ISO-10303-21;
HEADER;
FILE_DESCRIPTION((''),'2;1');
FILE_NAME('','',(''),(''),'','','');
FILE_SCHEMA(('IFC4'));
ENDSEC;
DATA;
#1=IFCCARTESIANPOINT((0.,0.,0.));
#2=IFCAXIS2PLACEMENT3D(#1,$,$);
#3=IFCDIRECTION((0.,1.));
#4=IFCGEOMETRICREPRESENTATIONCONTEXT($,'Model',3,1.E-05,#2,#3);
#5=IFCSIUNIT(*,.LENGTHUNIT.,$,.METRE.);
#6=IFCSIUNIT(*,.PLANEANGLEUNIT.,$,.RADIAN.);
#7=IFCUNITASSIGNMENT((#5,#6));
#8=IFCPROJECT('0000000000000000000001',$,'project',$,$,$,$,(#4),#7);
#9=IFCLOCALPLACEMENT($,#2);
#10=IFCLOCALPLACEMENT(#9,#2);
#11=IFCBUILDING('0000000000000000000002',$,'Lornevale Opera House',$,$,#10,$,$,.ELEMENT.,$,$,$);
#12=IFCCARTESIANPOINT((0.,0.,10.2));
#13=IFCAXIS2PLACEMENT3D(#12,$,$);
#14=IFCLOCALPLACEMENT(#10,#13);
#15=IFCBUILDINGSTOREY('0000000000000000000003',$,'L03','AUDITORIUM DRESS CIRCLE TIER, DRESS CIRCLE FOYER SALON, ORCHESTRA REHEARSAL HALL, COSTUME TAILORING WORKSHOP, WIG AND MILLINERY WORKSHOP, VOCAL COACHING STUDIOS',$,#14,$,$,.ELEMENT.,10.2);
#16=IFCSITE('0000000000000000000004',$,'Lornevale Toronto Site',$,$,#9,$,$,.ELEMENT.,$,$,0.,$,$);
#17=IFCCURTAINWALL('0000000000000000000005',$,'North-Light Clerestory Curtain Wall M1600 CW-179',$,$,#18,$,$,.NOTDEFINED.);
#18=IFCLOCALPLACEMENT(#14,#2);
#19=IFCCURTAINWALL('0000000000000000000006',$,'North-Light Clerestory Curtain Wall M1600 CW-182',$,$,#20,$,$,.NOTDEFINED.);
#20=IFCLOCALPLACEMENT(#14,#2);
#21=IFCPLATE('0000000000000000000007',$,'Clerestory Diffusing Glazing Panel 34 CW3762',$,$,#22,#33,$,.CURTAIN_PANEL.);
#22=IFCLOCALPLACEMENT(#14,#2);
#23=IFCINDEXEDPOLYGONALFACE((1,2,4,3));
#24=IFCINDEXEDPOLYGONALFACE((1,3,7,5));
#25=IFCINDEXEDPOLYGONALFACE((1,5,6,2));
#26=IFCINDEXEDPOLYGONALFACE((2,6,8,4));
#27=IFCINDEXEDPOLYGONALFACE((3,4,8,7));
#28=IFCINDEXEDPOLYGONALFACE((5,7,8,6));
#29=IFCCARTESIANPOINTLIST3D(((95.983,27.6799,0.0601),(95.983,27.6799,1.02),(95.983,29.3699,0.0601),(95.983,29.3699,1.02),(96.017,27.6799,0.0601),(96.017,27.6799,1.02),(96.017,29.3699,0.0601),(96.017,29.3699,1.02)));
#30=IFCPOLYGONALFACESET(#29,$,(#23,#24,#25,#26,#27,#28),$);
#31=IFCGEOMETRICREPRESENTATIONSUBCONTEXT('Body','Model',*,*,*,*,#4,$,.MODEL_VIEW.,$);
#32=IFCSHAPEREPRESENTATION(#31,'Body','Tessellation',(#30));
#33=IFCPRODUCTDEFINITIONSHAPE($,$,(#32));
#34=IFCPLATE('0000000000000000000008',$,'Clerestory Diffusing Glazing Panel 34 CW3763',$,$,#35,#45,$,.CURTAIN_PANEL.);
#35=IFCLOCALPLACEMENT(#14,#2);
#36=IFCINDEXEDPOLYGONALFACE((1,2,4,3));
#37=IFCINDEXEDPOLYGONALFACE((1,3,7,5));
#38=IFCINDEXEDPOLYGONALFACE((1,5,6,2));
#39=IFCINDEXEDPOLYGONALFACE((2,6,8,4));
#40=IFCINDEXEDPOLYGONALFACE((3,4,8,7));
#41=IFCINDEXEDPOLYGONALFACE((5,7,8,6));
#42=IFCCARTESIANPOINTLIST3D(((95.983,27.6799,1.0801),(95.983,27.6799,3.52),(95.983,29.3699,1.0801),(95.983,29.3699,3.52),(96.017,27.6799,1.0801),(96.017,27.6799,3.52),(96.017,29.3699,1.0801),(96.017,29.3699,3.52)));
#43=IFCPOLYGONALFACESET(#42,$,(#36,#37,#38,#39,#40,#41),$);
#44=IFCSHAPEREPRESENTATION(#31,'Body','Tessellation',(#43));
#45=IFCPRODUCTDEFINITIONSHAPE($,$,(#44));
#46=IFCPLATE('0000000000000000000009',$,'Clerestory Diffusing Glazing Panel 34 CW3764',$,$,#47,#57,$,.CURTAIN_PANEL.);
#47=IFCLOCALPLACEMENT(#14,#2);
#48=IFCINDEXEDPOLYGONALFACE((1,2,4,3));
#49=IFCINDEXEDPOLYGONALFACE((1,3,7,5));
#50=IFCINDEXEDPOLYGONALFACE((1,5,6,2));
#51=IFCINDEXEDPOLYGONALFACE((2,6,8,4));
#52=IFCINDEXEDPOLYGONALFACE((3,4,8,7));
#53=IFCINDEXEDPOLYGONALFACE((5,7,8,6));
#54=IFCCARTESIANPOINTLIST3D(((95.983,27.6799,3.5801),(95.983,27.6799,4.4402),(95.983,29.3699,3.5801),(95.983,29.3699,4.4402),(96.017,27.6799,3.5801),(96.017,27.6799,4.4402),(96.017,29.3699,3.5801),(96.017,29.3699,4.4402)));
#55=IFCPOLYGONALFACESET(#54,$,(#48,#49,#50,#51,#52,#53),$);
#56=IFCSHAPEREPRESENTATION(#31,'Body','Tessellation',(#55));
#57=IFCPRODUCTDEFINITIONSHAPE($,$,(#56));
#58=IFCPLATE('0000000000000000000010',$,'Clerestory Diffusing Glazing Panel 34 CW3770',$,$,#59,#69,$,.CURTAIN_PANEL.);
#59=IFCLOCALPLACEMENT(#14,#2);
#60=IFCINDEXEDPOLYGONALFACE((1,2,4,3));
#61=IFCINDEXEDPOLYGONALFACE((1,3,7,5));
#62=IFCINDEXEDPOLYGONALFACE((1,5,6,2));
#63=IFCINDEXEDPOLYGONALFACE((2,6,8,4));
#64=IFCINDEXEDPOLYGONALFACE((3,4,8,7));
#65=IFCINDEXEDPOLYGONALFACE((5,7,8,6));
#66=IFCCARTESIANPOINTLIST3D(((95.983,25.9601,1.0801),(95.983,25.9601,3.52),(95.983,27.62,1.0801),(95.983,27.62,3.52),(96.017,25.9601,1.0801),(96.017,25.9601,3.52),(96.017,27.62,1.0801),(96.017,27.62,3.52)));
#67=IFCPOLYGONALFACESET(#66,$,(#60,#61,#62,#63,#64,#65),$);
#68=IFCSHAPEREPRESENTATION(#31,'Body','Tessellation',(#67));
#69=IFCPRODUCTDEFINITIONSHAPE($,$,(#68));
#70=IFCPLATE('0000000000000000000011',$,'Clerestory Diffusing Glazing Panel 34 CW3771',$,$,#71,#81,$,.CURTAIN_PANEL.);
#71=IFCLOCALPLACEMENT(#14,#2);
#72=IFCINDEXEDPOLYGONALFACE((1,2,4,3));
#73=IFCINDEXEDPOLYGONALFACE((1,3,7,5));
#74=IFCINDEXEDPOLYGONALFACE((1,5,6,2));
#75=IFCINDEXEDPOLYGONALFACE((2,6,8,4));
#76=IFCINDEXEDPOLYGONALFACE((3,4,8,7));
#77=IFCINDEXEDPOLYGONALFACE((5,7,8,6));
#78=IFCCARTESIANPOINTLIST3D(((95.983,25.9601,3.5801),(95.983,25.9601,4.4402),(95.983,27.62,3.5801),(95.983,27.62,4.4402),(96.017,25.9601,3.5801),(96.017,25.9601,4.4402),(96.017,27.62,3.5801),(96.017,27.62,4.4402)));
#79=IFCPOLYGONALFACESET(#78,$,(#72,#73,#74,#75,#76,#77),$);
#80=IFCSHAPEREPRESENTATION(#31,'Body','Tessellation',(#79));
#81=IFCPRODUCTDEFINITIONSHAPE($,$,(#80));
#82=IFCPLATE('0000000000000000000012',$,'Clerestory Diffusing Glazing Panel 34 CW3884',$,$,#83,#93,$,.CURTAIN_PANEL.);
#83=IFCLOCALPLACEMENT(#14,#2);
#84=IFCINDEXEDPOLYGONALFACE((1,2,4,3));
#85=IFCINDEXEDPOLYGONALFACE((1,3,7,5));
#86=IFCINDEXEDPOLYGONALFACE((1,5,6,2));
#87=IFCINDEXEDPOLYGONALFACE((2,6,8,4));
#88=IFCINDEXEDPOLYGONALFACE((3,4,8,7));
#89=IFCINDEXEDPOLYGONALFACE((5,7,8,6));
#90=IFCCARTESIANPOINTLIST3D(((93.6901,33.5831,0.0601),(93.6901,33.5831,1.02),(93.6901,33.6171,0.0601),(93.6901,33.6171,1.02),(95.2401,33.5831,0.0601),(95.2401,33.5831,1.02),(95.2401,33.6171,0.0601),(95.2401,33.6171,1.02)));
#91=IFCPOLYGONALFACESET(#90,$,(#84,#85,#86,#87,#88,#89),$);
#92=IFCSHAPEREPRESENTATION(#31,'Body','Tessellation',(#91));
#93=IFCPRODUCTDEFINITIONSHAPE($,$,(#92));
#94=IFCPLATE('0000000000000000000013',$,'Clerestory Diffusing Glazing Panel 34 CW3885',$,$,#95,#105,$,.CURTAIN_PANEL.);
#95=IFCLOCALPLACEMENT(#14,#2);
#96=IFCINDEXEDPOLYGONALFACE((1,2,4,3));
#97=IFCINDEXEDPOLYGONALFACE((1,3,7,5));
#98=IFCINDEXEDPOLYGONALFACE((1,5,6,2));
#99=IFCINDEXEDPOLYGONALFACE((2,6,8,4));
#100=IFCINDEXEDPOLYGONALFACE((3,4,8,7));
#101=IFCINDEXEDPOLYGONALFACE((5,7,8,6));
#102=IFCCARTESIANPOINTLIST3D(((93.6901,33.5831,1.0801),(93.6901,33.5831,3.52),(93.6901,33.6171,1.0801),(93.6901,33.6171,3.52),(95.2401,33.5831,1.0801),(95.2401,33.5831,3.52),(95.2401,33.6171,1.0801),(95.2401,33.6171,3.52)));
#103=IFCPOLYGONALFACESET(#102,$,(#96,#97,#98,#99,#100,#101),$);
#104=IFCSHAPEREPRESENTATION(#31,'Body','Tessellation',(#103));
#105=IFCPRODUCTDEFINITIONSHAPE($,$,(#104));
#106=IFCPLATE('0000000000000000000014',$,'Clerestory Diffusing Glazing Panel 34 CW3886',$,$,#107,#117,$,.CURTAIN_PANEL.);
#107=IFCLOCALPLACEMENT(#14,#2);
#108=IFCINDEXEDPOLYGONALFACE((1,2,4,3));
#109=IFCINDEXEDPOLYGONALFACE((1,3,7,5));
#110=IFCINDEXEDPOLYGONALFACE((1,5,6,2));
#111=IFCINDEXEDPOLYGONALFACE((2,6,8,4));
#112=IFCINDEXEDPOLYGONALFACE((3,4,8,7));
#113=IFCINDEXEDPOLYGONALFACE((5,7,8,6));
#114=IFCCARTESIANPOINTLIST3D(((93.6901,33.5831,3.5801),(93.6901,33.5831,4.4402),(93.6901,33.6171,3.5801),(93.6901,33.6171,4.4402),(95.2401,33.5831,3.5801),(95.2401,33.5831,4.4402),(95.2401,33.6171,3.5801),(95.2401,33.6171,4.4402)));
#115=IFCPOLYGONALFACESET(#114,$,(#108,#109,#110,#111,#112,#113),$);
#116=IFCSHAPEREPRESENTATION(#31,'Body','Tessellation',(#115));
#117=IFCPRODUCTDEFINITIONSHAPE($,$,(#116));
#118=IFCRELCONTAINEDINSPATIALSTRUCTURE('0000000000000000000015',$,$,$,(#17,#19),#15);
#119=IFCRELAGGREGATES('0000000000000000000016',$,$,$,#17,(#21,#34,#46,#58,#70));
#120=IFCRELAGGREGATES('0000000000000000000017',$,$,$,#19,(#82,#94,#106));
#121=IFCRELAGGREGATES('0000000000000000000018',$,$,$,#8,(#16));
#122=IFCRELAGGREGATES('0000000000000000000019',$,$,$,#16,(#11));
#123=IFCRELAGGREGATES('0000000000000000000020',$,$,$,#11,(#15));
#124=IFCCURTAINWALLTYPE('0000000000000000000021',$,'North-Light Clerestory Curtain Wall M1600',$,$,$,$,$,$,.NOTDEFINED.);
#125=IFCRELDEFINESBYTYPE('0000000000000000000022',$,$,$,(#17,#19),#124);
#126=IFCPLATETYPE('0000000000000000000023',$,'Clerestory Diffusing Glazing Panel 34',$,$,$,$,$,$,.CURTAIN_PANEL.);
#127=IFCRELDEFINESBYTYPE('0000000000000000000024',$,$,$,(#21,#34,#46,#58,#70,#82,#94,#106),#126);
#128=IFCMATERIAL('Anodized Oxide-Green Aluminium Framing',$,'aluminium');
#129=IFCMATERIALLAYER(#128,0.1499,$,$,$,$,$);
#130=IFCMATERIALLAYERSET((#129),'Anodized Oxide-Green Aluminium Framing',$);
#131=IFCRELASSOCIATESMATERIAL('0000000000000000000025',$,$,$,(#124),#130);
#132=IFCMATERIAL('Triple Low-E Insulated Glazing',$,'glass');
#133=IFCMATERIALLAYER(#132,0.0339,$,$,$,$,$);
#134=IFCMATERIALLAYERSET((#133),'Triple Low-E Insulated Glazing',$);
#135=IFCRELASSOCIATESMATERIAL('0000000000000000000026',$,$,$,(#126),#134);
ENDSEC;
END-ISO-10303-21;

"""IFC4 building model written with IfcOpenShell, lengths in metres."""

from ifc_helpers import new_model, si_unit, direction, frame, origin, origin_2d, place, context, subcontext, project, spatial, rectangle, extrude, material, layer, layer_set, type_object, element, aggregate, save


model = new_model("IFC4")

# Units and contexts
model_context = context("Model", 3, precision=1e-05, world=origin(), true_north=direction((0.0, 1.0)))
body_context = subcontext(model_context, "Body", "Model", "MODEL_VIEW")
ifc_project = project(units=[si_unit("LENGTHUNIT", "METRE"), si_unit("PLANEANGLEUNIT", "RADIAN")], contexts=[model_context])

# Site, building, storey
site_placement = place(None, origin())
site = spatial("IfcSite", under=ifc_project, at=site_placement, Name="Lornevale Toronto Site", CompositionType="ELEMENT", RefElevation=0.0)
building_placement = place(site_placement, origin())
building = spatial("IfcBuilding", under=site, at=building_placement, Name="Lornevale Opera House", CompositionType="ELEMENT")
storey_placement = place(building_placement, frame((0.0, 0.0, 10.2)))
storey = spatial("IfcBuildingStorey", under=building, at=storey_placement, Name="L03", Description="AUDITORIUM DRESS CIRCLE TIER, DRESS CIRCLE FOYER SALON, ORCHESTRA REHEARSAL HALL, COSTUME TAILORING WORKSHOP, WIG AND MILLINERY WORKSHOP, VOCAL COACHING STUDIOS", CompositionType="ELEMENT", Elevation=10.2)

# Curtain wall
ifc_material_1 = material(Name="Anodized Oxide-Green Aluminium Framing", Category="aluminium")
ifc_layer_1 = layer(ifc_material_1, 0.1499)
ifc_layer_set_1 = layer_set([ifc_layer_1], Name="Anodized Oxide-Green Aluminium Framing")
curtain_wall_type = type_object("IfcCurtainWallType", Name="North-Light Clerestory Curtain Wall M1600", PredefinedType="NOTDEFINED", material=ifc_layer_set_1)
curtain_wall_1_placement = place(storey_placement, origin())
curtain_wall_1 = element("IfcCurtainWall", 1, at=curtain_wall_1_placement, inside=storey, type_object=curtain_wall_type, Name="North-Light Clerestory Curtain Wall M1600 CW-179", PredefinedType="NOTDEFINED")

# Curtain wall
curtain_wall_2_placement = place(storey_placement, origin())
curtain_wall_2 = element("IfcCurtainWall", 2, at=curtain_wall_2_placement, inside=storey, type_object=curtain_wall_type, Name="North-Light Clerestory Curtain Wall M1600 CW-182", PredefinedType="NOTDEFINED")

# Plates
ifc_material_2 = material(Name="Triple Low-E Insulated Glazing", Category="glass")
ifc_layer_2 = layer(ifc_material_2, 0.0339)
ifc_layer_set_2 = layer_set([ifc_layer_2], Name="Triple Low-E Insulated Glazing")
plate_type = type_object("IfcPlateType", Name="Clerestory Diffusing Glazing Panel 34", PredefinedType="CURTAIN_PANEL", material=ifc_layer_set_2)
plate_1_placement = place(storey_placement, frame((96.0, 28.5249, 0.0601), z_axis=(0.0, 0.0, 1.0), x_axis=(0.0, -1.0, 0.0)))
plate_1 = element("IfcPlate", 3, at=plate_1_placement, type_object=plate_type, Name="Clerestory Diffusing Glazing Panel 34 CW3762", PredefinedType="CURTAIN_PANEL", context=body_context, shape_type="SweptSolid", body=[
    extrude(rectangle(XDim=1.6899, YDim=0.0339, at=origin_2d()), origin(), (0.0, 0.0, 1.0), 0.96),
])
plate_2_placement = place(storey_placement, frame((96.0, 28.5249, 1.0801), z_axis=(0.0, 0.0, 1.0), x_axis=(0.0, -1.0, 0.0)))
plate_2 = element("IfcPlate", 4, at=plate_2_placement, type_object=plate_type, Name="Clerestory Diffusing Glazing Panel 34 CW3763", PredefinedType="CURTAIN_PANEL", context=body_context, shape_type="SweptSolid", body=[
    extrude(rectangle(XDim=1.6899, YDim=0.0339, at=origin_2d()), origin(), (0.0, 0.0, 1.0), 2.4399),
])
plate_3_placement = place(storey_placement, frame((96.0, 28.5249, 3.5801), z_axis=(0.0, 0.0, 1.0), x_axis=(0.0, -1.0, 0.0)))
plate_3 = element("IfcPlate", 5, at=plate_3_placement, type_object=plate_type, Name="Clerestory Diffusing Glazing Panel 34 CW3764", PredefinedType="CURTAIN_PANEL", context=body_context, shape_type="SweptSolid", body=[
    extrude(rectangle(XDim=1.6899, YDim=0.0339, at=origin_2d()), origin(), (0.0, 0.0, 1.0), 0.8601),
])
plate_4_placement = place(storey_placement, frame((96.0, 26.79, 1.0801), z_axis=(0.0, 0.0, 1.0), x_axis=(0.0, -1.0, 0.0)))
plate_4 = element("IfcPlate", 6, at=plate_4_placement, type_object=plate_type, Name="Clerestory Diffusing Glazing Panel 34 CW3770", PredefinedType="CURTAIN_PANEL", context=body_context, shape_type="SweptSolid", body=[
    extrude(rectangle(XDim=1.6599, YDim=0.0339, at=origin_2d()), origin(), (0.0, 0.0, 1.0), 2.4399),
])
plate_5_placement = place(storey_placement, frame((96.0, 26.79, 3.5801), z_axis=(0.0, 0.0, 1.0), x_axis=(0.0, -1.0, 0.0)))
plate_5 = element("IfcPlate", 7, at=plate_5_placement, type_object=plate_type, Name="Clerestory Diffusing Glazing Panel 34 CW3771", PredefinedType="CURTAIN_PANEL", context=body_context, shape_type="SweptSolid", body=[
    extrude(rectangle(XDim=1.6599, YDim=0.0339, at=origin_2d()), origin(), (0.0, 0.0, 1.0), 0.8601),
])
aggregate(curtain_wall_1, [plate_1, plate_2, plate_3, plate_4, plate_5])
plate_6_placement = place(storey_placement, frame((94.4651, 33.6001, 0.0601), z_axis=(0.0, 0.0, 1.0), x_axis=(1.0, 0.0, 0.0)))
plate_6 = element("IfcPlate", 8, at=plate_6_placement, type_object=plate_type, Name="Clerestory Diffusing Glazing Panel 34 CW3884", PredefinedType="CURTAIN_PANEL", context=body_context, shape_type="SweptSolid", body=[
    extrude(rectangle(XDim=1.55, YDim=0.0339, at=origin_2d()), origin(), (0.0, 0.0, 1.0), 0.96),
])
plate_7_placement = place(storey_placement, frame((94.4651, 33.6001, 1.0801), z_axis=(0.0, 0.0, 1.0), x_axis=(1.0, 0.0, 0.0)))
plate_7 = element("IfcPlate", 9, at=plate_7_placement, type_object=plate_type, Name="Clerestory Diffusing Glazing Panel 34 CW3885", PredefinedType="CURTAIN_PANEL", context=body_context, shape_type="SweptSolid", body=[
    extrude(rectangle(XDim=1.55, YDim=0.0339, at=origin_2d()), origin(), (0.0, 0.0, 1.0), 2.4399),
])
plate_8_placement = place(storey_placement, frame((94.4651, 33.6001, 3.5801), z_axis=(0.0, 0.0, 1.0), x_axis=(1.0, 0.0, 0.0)))
plate_8 = element("IfcPlate", 10, at=plate_8_placement, type_object=plate_type, Name="Clerestory Diffusing Glazing Panel 34 CW3886", PredefinedType="CURTAIN_PANEL", context=body_context, shape_type="SweptSolid", body=[
    extrude(rectangle(XDim=1.55, YDim=0.0339, at=origin_2d()), origin(), (0.0, 0.0, 1.0), 0.8601),
])
aggregate(curtain_wall_2, [plate_6, plate_7, plate_8])

save(model, "model.ifc")
